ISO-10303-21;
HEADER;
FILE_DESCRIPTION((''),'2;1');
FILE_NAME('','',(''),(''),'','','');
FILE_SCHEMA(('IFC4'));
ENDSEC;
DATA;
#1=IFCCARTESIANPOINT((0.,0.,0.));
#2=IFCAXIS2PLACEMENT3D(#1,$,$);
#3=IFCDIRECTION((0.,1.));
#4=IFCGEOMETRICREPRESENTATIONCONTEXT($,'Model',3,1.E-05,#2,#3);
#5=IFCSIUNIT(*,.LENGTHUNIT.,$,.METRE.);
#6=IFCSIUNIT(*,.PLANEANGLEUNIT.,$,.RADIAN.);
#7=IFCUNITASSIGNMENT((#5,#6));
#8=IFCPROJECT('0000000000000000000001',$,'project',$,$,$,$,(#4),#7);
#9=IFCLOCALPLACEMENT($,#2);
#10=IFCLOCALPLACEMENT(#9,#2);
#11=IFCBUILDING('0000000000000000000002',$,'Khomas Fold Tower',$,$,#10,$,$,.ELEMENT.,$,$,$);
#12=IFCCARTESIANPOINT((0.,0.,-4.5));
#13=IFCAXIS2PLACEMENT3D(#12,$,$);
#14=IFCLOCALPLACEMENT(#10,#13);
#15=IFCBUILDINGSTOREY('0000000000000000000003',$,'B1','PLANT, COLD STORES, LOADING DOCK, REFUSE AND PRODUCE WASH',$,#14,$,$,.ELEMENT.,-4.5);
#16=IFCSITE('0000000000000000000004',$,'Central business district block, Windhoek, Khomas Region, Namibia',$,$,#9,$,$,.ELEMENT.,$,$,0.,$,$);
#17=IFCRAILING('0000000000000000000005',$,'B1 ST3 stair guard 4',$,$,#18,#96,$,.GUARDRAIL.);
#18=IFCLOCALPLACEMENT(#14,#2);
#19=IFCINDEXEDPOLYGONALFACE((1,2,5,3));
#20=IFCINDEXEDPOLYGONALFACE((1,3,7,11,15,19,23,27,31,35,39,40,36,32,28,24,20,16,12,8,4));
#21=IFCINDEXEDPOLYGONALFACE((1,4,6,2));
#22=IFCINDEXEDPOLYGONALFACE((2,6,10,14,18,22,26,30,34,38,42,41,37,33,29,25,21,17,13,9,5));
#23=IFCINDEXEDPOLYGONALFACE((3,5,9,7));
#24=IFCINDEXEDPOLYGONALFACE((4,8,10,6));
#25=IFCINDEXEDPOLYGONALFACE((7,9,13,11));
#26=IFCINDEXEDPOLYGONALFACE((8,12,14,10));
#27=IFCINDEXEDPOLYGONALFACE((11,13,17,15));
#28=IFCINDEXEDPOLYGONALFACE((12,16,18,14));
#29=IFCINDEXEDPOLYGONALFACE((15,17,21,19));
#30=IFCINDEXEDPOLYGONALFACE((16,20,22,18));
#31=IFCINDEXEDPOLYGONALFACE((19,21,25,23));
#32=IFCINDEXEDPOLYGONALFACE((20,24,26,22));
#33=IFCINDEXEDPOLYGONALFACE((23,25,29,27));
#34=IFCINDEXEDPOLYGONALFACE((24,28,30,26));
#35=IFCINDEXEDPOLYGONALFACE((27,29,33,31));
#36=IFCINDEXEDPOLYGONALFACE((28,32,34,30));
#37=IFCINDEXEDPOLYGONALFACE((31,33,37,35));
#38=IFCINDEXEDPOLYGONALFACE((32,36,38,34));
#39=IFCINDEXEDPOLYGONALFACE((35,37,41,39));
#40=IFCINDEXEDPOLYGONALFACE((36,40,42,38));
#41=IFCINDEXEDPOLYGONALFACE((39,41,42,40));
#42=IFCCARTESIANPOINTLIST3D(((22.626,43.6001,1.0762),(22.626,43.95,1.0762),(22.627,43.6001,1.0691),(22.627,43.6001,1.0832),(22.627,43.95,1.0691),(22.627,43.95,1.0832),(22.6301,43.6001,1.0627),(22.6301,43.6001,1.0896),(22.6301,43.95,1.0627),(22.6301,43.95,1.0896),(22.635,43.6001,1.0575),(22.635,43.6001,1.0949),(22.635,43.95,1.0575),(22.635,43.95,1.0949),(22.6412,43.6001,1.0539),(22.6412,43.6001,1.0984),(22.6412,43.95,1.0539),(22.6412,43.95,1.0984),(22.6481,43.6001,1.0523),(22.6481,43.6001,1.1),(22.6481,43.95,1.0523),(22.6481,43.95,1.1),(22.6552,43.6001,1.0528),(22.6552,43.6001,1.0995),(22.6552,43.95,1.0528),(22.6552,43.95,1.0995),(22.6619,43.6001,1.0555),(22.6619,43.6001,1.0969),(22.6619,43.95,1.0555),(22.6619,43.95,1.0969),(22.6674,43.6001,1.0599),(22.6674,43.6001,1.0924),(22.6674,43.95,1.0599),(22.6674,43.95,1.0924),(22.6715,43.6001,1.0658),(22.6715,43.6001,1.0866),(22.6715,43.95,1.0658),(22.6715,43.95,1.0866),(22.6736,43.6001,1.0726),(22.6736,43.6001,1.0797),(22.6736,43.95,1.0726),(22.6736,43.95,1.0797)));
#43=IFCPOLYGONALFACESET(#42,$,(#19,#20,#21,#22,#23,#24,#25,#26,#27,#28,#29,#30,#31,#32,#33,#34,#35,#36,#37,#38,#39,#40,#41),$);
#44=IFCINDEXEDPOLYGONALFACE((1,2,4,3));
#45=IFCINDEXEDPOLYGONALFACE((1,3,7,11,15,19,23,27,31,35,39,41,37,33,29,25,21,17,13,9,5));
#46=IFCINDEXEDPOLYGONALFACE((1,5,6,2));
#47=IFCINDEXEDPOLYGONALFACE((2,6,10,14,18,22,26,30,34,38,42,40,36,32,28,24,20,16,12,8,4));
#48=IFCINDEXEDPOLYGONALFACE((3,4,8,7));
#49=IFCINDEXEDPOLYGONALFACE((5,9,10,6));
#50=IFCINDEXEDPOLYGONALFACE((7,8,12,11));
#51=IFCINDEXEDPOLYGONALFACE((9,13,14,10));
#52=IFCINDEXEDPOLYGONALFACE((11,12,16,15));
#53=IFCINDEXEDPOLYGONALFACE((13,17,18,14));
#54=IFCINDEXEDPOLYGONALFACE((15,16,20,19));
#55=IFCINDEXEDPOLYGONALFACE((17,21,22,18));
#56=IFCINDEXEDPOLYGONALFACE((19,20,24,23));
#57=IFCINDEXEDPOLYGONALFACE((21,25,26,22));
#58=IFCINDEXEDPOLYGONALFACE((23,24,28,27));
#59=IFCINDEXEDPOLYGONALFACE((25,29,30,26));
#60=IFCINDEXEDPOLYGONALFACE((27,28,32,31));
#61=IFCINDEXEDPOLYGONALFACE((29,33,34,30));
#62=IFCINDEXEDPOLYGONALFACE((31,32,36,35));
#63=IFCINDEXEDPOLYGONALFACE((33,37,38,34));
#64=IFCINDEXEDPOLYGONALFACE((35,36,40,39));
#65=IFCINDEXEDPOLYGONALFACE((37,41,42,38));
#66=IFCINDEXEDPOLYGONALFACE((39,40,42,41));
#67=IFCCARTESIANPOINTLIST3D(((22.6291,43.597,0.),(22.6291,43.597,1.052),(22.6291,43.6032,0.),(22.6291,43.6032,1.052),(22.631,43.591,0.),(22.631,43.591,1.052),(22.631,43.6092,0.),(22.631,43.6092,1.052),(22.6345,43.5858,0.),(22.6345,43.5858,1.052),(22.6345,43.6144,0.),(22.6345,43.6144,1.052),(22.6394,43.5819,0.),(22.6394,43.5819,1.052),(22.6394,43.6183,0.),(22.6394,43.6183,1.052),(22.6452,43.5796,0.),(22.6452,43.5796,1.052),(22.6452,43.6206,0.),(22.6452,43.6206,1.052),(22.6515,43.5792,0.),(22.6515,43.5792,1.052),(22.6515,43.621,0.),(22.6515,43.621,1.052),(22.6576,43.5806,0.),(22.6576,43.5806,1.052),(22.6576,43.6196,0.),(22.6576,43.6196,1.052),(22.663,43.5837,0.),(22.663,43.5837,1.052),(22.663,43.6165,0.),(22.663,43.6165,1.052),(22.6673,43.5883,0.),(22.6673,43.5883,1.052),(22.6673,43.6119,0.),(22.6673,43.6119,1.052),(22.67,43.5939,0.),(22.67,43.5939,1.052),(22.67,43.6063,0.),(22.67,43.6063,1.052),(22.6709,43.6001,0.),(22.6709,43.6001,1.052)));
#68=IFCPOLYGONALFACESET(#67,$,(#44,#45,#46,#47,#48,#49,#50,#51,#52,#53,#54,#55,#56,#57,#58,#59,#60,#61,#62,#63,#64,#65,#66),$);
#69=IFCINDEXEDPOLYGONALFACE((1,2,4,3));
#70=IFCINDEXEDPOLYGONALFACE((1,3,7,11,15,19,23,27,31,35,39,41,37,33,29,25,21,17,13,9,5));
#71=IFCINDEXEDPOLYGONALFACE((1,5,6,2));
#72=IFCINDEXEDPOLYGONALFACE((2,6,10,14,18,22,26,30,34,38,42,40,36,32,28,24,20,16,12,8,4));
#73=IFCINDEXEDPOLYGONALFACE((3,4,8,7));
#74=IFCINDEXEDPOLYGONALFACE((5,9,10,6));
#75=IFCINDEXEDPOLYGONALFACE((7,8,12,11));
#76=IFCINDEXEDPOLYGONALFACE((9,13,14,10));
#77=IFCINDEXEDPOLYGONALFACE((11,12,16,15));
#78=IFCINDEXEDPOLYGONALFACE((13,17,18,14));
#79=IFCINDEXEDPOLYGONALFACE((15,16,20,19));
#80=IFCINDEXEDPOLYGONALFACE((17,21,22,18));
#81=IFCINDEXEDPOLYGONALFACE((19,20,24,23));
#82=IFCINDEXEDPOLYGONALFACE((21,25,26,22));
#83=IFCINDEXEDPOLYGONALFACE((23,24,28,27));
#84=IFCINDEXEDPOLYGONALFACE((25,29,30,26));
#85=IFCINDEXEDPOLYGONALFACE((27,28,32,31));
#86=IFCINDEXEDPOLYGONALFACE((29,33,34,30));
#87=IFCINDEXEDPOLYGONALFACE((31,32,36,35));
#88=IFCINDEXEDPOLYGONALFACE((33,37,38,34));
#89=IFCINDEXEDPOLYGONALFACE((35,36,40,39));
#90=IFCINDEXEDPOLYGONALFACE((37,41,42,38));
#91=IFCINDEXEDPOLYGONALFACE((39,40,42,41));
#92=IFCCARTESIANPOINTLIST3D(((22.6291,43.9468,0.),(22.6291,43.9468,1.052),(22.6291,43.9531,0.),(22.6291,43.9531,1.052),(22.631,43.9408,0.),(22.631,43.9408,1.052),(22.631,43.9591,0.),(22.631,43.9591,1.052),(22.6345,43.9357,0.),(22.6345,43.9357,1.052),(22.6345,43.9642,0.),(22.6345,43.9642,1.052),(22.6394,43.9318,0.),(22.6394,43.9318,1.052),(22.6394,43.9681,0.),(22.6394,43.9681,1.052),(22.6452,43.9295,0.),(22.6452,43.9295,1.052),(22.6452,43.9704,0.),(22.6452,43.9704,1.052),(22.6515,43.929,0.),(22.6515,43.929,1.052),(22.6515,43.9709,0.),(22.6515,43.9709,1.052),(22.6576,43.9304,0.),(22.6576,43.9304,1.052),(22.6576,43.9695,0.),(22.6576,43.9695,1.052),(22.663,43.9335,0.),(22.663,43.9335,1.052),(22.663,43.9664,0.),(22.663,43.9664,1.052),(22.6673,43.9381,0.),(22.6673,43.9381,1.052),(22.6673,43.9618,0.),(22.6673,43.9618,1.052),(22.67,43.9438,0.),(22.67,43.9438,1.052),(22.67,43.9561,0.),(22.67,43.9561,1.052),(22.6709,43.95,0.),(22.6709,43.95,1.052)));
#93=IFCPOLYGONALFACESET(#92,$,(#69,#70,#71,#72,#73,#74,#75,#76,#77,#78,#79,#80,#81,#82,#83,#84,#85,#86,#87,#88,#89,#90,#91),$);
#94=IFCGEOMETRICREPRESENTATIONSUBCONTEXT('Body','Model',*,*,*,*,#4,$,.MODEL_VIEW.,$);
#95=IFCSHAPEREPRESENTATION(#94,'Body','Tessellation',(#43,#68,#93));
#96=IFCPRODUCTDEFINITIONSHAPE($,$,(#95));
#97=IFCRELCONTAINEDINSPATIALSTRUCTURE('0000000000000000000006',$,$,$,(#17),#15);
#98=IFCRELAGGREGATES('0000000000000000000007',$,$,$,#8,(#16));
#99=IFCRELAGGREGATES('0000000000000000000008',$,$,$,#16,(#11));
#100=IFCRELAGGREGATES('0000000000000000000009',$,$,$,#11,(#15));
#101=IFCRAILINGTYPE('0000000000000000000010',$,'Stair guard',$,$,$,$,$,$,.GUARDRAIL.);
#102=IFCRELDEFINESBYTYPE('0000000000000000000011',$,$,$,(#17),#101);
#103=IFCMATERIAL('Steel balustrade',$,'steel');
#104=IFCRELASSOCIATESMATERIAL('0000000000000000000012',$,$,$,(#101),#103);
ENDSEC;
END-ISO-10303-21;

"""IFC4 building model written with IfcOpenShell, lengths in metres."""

from ifc_helpers import new_model, si_unit, direction, frame, origin, origin_2d, place, context, subcontext, project, spatial, circle, extrude, source, transform, mapped, material, type_object, element, save


model = new_model("IFC4")

# Units and contexts
model_context = context("Model", 3, precision=1e-05, world=origin(), true_north=direction((0.0, 1.0)))
body_context = subcontext(model_context, "Body", "Model", "MODEL_VIEW")
ifc_project = project(units=[si_unit("LENGTHUNIT", "METRE"), si_unit("PLANEANGLEUNIT", "RADIAN")], contexts=[model_context])

# Site, building, storey
site_placement = place(None, origin())
site = spatial("IfcSite", under=ifc_project, at=site_placement, Name="Central business district block, Windhoek, Khomas Region, Namibia", CompositionType="ELEMENT", RefElevation=0.0)
building_placement = place(site_placement, origin())
building = spatial("IfcBuilding", under=site, at=building_placement, Name="Khomas Fold Tower", CompositionType="ELEMENT")
storey_placement = place(building_placement, frame((0.0, 0.0, -4.5)))
storey = spatial("IfcBuildingStorey", under=building, at=storey_placement, Name="B1", Description="PLANT, COLD STORES, LOADING DOCK, REFUSE AND PRODUCE WASH", CompositionType="ELEMENT", Elevation=-4.5)

# Railing
ifc_material_1 = material(Name="Steel balustrade", Category="steel")
railing_type_1 = type_object("IfcRailingType", Name="Stair guard", PredefinedType="GUARDRAIL", material=ifc_material_1)
shared_shape_1 = source(origin(), body_context, "Body", "SweptSolid", [
    extrude(circle(Radius=0.0239, at=origin_2d()), frame((0.0, 0.0, 1.0762), z_axis=(0.0, 1.0, 0.0), x_axis=(-1.0, 0.0, 0.0)), (0.0, 0.0, 1.0), 0.3499),
    extrude(circle(Radius=0.021, at=origin_2d()), origin(), (0.0, 0.0, 1.0), 1.052),
    extrude(circle(Radius=0.021, at=origin_2d()), frame((0.0, 0.3499, 0.0)), (0.0, 0.0, 1.0), 1.052),
])
for number, where, name in (
    (1, (22.6499, 43.6001, 0.0), "B1 ST3 stair guard 4"),
):
    element("IfcRailing", number, at=place(storey_placement, frame(where)), inside=storey, type_object=railing_type_1, Name=name, PredefinedType="GUARDRAIL", context=body_context, shape_type="MappedRepresentation", body=[
        mapped(shared_shape_1, transform((0.0, 0.0, 0.0))),
    ])

save(model, "model.ifc")
